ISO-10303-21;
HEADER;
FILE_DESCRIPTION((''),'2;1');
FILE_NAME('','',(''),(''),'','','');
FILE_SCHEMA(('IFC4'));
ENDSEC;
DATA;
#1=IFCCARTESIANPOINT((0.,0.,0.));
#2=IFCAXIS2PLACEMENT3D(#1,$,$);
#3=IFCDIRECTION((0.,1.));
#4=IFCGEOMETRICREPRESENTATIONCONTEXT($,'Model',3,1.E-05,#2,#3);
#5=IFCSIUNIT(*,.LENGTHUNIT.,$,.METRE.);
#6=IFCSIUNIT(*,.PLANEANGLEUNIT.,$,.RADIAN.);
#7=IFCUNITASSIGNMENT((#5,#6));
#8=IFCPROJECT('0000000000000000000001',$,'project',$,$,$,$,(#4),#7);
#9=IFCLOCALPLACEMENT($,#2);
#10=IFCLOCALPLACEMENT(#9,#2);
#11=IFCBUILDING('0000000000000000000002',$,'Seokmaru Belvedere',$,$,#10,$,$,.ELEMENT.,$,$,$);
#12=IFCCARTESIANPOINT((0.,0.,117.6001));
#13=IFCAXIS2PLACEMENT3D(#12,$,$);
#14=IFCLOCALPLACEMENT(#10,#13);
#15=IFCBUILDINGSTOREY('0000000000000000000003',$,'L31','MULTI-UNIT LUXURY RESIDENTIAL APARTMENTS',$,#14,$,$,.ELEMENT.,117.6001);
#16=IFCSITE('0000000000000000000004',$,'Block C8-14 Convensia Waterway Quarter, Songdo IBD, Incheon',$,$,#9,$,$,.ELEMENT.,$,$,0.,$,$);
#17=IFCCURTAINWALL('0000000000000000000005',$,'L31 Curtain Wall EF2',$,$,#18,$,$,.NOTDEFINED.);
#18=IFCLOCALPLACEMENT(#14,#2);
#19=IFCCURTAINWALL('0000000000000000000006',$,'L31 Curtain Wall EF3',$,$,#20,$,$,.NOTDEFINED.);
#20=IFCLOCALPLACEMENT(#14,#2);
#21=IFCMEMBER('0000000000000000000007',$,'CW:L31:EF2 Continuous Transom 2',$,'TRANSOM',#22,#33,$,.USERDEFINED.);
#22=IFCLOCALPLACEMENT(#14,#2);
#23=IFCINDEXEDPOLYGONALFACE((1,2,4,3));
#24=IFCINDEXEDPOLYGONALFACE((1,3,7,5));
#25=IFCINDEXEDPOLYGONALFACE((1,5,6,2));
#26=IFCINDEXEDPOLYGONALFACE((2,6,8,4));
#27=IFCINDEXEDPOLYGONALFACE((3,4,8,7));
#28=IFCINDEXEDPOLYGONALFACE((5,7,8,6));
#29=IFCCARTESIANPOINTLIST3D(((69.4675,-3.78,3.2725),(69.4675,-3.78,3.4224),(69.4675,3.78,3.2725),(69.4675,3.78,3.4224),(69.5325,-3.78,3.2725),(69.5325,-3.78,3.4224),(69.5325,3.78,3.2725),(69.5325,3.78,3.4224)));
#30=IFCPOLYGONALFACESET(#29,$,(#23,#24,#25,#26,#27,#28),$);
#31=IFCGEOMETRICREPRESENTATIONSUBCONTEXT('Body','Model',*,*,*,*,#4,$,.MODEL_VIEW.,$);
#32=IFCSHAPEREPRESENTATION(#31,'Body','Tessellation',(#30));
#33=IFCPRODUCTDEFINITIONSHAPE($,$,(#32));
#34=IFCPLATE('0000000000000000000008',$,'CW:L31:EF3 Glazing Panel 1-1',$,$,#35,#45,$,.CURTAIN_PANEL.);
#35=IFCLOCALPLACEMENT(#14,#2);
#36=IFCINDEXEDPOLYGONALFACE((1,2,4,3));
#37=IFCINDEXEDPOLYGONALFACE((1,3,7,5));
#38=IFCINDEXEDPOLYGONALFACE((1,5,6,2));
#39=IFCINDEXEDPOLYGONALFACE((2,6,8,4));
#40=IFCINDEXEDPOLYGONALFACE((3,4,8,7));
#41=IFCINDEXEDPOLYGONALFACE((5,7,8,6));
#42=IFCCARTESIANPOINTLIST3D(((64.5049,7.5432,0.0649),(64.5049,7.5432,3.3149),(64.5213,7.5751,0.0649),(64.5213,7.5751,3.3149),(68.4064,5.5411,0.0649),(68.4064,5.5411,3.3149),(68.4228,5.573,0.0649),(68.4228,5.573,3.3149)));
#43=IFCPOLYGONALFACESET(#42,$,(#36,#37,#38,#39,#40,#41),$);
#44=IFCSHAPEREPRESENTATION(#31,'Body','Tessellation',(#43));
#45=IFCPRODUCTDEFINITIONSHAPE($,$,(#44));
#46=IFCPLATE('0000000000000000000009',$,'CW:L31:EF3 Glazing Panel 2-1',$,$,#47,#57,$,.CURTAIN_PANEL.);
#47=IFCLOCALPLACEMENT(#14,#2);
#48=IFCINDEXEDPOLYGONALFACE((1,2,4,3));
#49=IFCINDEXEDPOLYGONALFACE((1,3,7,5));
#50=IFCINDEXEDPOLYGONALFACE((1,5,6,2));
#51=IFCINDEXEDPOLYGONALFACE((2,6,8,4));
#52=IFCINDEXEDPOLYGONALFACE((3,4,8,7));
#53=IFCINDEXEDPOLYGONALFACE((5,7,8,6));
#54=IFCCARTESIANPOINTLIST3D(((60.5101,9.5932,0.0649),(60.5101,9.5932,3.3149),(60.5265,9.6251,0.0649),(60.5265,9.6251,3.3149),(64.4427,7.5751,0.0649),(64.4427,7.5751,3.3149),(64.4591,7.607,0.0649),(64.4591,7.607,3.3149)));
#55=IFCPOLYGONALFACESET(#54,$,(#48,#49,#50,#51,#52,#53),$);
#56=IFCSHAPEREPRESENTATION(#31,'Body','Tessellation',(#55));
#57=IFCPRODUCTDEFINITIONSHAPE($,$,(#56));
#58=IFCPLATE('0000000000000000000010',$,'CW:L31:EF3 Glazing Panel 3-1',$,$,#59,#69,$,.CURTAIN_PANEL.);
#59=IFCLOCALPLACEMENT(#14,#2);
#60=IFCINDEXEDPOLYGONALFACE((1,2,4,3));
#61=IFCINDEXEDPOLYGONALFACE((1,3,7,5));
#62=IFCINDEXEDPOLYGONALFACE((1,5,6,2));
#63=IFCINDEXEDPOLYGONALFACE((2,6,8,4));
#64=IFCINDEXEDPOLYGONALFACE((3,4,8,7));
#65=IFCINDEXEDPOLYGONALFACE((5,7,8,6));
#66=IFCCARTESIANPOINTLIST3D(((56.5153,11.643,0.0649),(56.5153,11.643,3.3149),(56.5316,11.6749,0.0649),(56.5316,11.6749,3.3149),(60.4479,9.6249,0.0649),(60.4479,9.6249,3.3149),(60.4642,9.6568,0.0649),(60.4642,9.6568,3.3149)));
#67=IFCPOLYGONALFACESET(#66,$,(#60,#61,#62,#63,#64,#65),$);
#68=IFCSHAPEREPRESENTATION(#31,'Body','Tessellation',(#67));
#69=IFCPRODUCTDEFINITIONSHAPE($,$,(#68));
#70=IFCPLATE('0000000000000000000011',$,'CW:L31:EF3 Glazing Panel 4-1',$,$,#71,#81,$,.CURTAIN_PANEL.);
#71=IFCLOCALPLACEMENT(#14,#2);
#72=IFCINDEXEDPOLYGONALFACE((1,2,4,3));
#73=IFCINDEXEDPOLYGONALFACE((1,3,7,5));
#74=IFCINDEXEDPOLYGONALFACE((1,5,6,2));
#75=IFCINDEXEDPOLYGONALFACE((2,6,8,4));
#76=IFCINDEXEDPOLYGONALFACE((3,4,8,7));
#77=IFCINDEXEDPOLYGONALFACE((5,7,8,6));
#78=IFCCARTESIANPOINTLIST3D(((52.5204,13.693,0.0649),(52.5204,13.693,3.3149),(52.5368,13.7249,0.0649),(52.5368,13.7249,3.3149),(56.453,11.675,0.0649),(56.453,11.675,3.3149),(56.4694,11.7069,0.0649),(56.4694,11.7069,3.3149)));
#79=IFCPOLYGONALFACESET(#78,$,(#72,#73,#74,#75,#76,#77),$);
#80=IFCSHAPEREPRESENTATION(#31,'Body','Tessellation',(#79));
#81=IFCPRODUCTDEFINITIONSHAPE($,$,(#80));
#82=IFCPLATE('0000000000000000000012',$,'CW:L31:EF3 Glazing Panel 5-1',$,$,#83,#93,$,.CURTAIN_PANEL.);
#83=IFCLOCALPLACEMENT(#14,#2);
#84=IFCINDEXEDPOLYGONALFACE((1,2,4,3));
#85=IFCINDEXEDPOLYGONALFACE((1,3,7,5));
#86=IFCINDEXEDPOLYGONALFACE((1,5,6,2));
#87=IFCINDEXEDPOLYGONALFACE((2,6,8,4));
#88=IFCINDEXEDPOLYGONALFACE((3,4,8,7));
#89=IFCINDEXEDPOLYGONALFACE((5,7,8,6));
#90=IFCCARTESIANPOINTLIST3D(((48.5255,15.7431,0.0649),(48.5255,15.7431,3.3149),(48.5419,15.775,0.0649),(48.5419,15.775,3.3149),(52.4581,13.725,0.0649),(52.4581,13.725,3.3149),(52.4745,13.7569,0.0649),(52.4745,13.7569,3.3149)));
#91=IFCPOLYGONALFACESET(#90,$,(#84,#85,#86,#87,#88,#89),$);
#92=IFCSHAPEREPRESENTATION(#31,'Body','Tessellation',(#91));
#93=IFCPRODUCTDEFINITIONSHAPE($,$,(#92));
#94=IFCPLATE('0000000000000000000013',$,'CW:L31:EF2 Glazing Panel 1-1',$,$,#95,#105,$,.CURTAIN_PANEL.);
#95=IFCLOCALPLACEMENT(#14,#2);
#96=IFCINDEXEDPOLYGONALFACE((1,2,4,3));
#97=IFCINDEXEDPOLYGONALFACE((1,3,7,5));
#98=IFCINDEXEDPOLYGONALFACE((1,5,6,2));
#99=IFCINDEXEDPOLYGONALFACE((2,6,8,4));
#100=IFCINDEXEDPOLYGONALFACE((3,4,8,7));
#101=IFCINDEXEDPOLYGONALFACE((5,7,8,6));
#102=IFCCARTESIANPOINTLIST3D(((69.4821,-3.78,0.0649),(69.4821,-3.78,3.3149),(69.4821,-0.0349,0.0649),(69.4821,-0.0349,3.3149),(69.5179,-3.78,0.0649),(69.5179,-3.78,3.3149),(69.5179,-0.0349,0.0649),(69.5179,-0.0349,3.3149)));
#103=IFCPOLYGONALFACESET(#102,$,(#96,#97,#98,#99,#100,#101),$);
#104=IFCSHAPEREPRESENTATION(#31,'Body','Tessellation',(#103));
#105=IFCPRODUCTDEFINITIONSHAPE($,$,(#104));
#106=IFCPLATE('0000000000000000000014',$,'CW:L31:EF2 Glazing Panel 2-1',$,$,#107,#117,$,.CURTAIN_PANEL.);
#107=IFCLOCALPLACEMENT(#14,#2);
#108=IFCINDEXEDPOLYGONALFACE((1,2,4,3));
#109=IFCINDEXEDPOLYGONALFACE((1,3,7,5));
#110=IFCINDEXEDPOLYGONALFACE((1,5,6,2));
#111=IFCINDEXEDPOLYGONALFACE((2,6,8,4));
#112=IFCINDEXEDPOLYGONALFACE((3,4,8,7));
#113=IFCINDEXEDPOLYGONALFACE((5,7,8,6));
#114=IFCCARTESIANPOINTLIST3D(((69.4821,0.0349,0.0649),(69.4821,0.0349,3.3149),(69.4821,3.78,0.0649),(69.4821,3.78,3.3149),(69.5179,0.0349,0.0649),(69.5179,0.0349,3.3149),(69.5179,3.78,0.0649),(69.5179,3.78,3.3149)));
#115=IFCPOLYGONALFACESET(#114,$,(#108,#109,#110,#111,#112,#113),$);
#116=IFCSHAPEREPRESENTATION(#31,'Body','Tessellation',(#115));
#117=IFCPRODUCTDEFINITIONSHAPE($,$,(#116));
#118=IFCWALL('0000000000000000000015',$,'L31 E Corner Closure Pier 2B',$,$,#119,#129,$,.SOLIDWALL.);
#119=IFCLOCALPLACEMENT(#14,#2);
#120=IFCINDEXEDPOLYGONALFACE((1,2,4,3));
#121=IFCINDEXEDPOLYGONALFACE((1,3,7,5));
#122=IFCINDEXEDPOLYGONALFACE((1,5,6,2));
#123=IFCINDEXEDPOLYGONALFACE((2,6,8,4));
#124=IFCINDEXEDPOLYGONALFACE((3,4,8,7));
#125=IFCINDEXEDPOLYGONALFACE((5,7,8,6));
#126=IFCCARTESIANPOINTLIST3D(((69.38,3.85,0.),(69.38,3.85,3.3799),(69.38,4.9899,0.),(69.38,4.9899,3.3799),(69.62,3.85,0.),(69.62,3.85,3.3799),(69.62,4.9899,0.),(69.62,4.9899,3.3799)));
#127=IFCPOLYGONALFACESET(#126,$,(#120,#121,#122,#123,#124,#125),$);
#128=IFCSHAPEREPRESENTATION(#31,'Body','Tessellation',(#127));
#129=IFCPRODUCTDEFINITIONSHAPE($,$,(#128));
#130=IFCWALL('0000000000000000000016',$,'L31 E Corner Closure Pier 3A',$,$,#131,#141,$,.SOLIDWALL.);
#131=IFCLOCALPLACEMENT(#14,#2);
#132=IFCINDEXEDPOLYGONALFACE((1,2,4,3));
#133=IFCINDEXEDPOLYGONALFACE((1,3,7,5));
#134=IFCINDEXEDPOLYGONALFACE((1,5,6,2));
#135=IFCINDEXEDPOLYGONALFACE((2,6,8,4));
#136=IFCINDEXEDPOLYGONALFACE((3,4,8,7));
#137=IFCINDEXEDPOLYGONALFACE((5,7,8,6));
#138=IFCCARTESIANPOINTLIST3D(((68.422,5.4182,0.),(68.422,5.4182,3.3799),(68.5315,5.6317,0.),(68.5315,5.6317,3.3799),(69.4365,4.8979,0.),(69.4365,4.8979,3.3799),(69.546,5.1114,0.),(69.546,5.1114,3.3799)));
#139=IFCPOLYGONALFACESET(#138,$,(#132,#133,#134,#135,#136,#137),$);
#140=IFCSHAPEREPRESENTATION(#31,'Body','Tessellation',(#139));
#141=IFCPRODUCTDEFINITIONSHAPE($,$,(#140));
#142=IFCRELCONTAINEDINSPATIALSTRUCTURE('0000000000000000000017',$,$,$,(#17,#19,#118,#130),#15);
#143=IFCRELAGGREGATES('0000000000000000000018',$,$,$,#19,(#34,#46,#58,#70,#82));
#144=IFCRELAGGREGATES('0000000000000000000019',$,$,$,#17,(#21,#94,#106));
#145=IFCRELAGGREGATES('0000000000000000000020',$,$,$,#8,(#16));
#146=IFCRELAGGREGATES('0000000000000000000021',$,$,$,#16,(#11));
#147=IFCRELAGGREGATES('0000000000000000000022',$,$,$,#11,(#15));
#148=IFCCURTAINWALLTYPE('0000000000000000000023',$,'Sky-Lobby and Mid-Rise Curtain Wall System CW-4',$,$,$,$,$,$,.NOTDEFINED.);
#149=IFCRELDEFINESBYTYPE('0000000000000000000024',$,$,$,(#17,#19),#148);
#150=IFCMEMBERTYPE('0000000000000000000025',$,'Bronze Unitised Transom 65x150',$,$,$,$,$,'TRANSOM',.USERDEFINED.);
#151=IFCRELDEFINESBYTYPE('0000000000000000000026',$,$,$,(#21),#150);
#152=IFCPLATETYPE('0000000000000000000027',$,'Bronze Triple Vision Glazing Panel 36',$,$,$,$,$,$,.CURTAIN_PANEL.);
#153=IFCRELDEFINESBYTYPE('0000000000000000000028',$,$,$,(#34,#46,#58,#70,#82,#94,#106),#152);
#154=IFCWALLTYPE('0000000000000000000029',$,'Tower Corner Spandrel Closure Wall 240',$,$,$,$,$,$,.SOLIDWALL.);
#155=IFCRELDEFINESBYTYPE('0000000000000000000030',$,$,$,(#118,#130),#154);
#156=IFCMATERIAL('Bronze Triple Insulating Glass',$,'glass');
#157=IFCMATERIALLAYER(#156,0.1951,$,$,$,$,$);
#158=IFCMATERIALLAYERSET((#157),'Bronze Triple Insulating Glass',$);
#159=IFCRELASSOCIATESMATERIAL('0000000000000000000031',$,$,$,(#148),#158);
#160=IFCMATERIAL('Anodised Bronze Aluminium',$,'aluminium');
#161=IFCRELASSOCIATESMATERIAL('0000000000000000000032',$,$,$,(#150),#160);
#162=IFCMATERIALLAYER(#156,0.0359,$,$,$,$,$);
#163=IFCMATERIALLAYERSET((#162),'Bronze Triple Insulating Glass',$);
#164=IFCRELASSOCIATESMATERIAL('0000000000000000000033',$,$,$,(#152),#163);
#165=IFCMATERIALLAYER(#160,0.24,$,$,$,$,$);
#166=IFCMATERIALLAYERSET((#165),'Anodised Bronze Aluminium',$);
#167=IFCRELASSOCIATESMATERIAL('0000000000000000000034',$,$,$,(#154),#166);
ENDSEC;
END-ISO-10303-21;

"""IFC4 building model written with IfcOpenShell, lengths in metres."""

from ifc_helpers import new_model, si_unit, direction, frame, frame_2d, origin, origin_2d, place, context, subcontext, project, spatial, rectangle, extrude, source, transform, mapped, material, layer, layer_set, material_profile, profile_set, type_object, type_shapes, element, aggregate, save


model = new_model("IFC4")

# Units and contexts
model_context = context("Model", 3, precision=1e-05, world=origin(), true_north=direction((0.0, 1.0)))
body_context = subcontext(model_context, "Body", "Model", "MODEL_VIEW")
ifc_project = project(units=[si_unit("LENGTHUNIT", "METRE"), si_unit("PLANEANGLEUNIT", "RADIAN")], contexts=[model_context])

# Site, building, storey
site_placement = place(None, origin())
site = spatial("IfcSite", under=ifc_project, at=site_placement, Name="Block C8-14 Convensia Waterway Quarter, Songdo IBD, Incheon", CompositionType="ELEMENT", RefElevation=0.0)
building_placement = place(site_placement, origin())
building = spatial("IfcBuilding", under=site, at=building_placement, Name="Seokmaru Belvedere", CompositionType="ELEMENT")
storey_placement = place(building_placement, frame((0.0, 0.0, 117.6001)))
storey = spatial("IfcBuildingStorey", under=building, at=storey_placement, Name="L31", Description="MULTI-UNIT LUXURY RESIDENTIAL APARTMENTS", CompositionType="ELEMENT", Elevation=117.6001)

# Curtain walls
ifc_material_1 = material(Name="Bronze Triple Insulating Glass", Category="glass")
ifc_layer_1 = layer(ifc_material_1, 0.1951)
ifc_layer_set_1 = layer_set([ifc_layer_1], Name="Bronze Triple Insulating Glass")
curtain_wall_type = type_object("IfcCurtainWallType", Name="Sky-Lobby and Mid-Rise Curtain Wall System CW-4", PredefinedType="NOTDEFINED", material=ifc_layer_set_1)
curtain_wall_1_placement = place(storey_placement, origin())
curtain_wall_1 = element("IfcCurtainWall", 1, at=curtain_wall_1_placement, inside=storey, type_object=curtain_wall_type, Name="L31 Curtain Wall EF2", PredefinedType="NOTDEFINED")
ifc_material_2 = material(Name="Anodised Bronze Aluminium", Category="aluminium")
curtain_wall_2_placement = place(storey_placement, origin())
curtain_wall_2 = element("IfcCurtainWall", 2, at=curtain_wall_2_placement, inside=storey, type_object=curtain_wall_type, Name="L31 Curtain Wall EF3", PredefinedType="NOTDEFINED")

# Member
ifc_material_profile_1 = material_profile(ifc_material_2, rectangle(XDim=0.0649, YDim=0.1499, at=origin_2d()), Name="CW-T-65x150")
ifc_profile_set_1 = profile_set([ifc_material_profile_1], Name="Anodised Bronze Aluminium")
member_type_1 = type_object("IfcMemberType", Name="Bronze Unitised Transom 65x150", ElementType="TRANSOM", PredefinedType="USERDEFINED", material=ifc_profile_set_1)
shared_shape_1 = source(origin(), body_context, "Body", "SweptSolid", [
    extrude(rectangle(XDim=0.0649, YDim=0.1499, at=origin_2d()), origin(), (0.0, 0.0, 1.0), 7.5601),
])
member_1_placement = place(storey_placement, frame((69.5, -3.78, 3.3474), z_axis=(0.0, 1.0, 0.0), x_axis=(-1.0, 0.0, 0.0)))
member_1 = element("IfcMember", 3, at=member_1_placement, type_object=member_type_1, Name="CW:L31:EF2 Continuous Transom 2", ObjectType="TRANSOM", PredefinedType="USERDEFINED", context=body_context, shape_type="MappedRepresentation", body=[
    mapped(shared_shape_1, transform((0.0, 0.0, 0.0), scale=1.0)),
])

# Plates
ifc_layer_2 = layer(ifc_material_1, 0.0359)
ifc_layer_set_2 = layer_set([ifc_layer_2], Name="Bronze Triple Insulating Glass")
plate_type = type_object("IfcPlateType", Name="Bronze Triple Vision Glazing Panel 36", PredefinedType="CURTAIN_PANEL", material=ifc_layer_set_2)
shared_shape_2 = source(origin(), body_context, "Body", "SweptSolid", [
    extrude(rectangle(XDim=4.3853, YDim=0.0359, at=origin_2d()), origin(), (0.0, 0.0, 1.0), 3.25),
])
plate_1_placement = place(storey_placement, frame((66.4639, 6.5581, 0.0649), z_axis=(0.0, 0.0, 1.0), x_axis=(-0.889695, 0.456555, 0.0)))
plate_1 = element("IfcPlate", 4, at=plate_1_placement, type_object=plate_type, Name="CW:L31:EF3 Glazing Panel 1-1", PredefinedType="CURTAIN_PANEL", context=body_context, shape_type="MappedRepresentation", body=[
    mapped(shared_shape_2, transform((0.0, 0.0, 0.0), scale=1.0)),
])
shared_shape_3 = source(origin(), body_context, "Body", "SweptSolid", [
    extrude(rectangle(XDim=4.4202, YDim=0.0359, at=origin_2d()), origin(), (0.0, 0.0, 1.0), 3.25),
])
plate_2_placement = place(storey_placement, frame((62.4846, 8.6001, 0.0649), z_axis=(0.0, 0.0, 1.0), x_axis=(-0.889695, 0.456555, 0.0)))
plate_2 = element("IfcPlate", 5, at=plate_2_placement, type_object=plate_type, Name="CW:L31:EF3 Glazing Panel 2-1", PredefinedType="CURTAIN_PANEL", context=body_context, shape_type="MappedRepresentation", body=[
    mapped(shared_shape_3, transform((0.0, 0.0, 0.0), scale=1.0)),
])
plate_3_placement = place(storey_placement, frame((58.4897, 10.6499, 0.0649), z_axis=(0.0, 0.0, 1.0), x_axis=(-0.889695, 0.456555, 0.0)))
plate_3 = element("IfcPlate", 6, at=plate_3_placement, type_object=plate_type, Name="CW:L31:EF3 Glazing Panel 3-1", PredefinedType="CURTAIN_PANEL", context=body_context, shape_type="MappedRepresentation", body=[
    mapped(shared_shape_3, transform((0.0, 0.0, 0.0), scale=1.0)),
])
plate_4_placement = place(storey_placement, frame((54.4949, 12.7, 0.0649), z_axis=(0.0, 0.0, 1.0), x_axis=(-0.889695, 0.456555, 0.0)))
plate_4 = element("IfcPlate", 7, at=plate_4_placement, type_object=plate_type, Name="CW:L31:EF3 Glazing Panel 4-1", PredefinedType="CURTAIN_PANEL", context=body_context, shape_type="MappedRepresentation", body=[
    mapped(shared_shape_3, transform((0.0, 0.0, 0.0), scale=1.0)),
])
plate_5_placement = place(storey_placement, frame((50.5, 14.75, 0.0649), z_axis=(0.0, 0.0, 1.0), x_axis=(-0.889695, 0.456555, 0.0)))
plate_5 = element("IfcPlate", 8, at=plate_5_placement, type_object=plate_type, Name="CW:L31:EF3 Glazing Panel 5-1", PredefinedType="CURTAIN_PANEL", context=body_context, shape_type="MappedRepresentation", body=[
    mapped(shared_shape_3, transform((0.0, 0.0, 0.0), scale=1.0)),
])
aggregate(curtain_wall_2, [plate_1, plate_2, plate_3, plate_4, plate_5])
shared_shape_4 = source(origin(), body_context, "Body", "SweptSolid", [
    extrude(rectangle(XDim=3.7451, YDim=0.0359, at=origin_2d()), origin(), (0.0, 0.0, 1.0), 3.25),
])
type_shapes(plate_type, [shared_shape_2, shared_shape_3, shared_shape_4])
plate_6_placement = place(storey_placement, frame((69.5, -1.9075, 0.0649), z_axis=(0.0, 0.0, 1.0), x_axis=(0.0, 1.0, 0.0)))
plate_6 = element("IfcPlate", 9, at=plate_6_placement, type_object=plate_type, Name="CW:L31:EF2 Glazing Panel 1-1", PredefinedType="CURTAIN_PANEL", context=body_context, shape_type="MappedRepresentation", body=[
    mapped(shared_shape_4, transform((0.0, 0.0, 0.0), scale=1.0)),
])
plate_7_placement = place(storey_placement, frame((69.5, 1.9075, 0.0649), z_axis=(0.0, 0.0, 1.0), x_axis=(0.0, 1.0, 0.0)))
plate_7 = element("IfcPlate", 10, at=plate_7_placement, type_object=plate_type, Name="CW:L31:EF2 Glazing Panel 2-1", PredefinedType="CURTAIN_PANEL", context=body_context, shape_type="MappedRepresentation", body=[
    mapped(shared_shape_4, transform((0.0, 0.0, 0.0), scale=1.0)),
])
aggregate(curtain_wall_1, [member_1, plate_6, plate_7])

# Walls
ifc_layer_3 = layer(ifc_material_2, 0.24)
ifc_layer_set_3 = layer_set([ifc_layer_3], Name="Anodised Bronze Aluminium")
wall_type = type_object("IfcWallType", Name="Tower Corner Spandrel Closure Wall 240", PredefinedType="SOLIDWALL", material=ifc_layer_set_3)
wall_1_placement = place(storey_placement, frame((69.5, 3.8501, 0.0), z_axis=(0.0, 0.0, 1.0), x_axis=(0.0, 1.0, 0.0)))
element("IfcWall", 11, at=wall_1_placement, inside=storey, type_object=wall_type, Name="L31 E Corner Closure Pier 2B", PredefinedType="SOLIDWALL", context=body_context, shape_type="SweptSolid", body=[
    extrude(rectangle(XDim=1.1399, YDim=0.24, at=frame_2d((0.5698, 0.0))), origin(), (0.0, 0.0, 1.0), 3.3799),
])
wall_2_placement = place(storey_placement, frame((69.4912, 5.0046, 0.0), z_axis=(0.0, 0.0, 1.0), x_axis=(-0.889797, 0.456356, 0.0)))
element("IfcWall", 12, at=wall_2_placement, inside=storey, type_object=wall_type, Name="L31 E Corner Closure Pier 3A", PredefinedType="SOLIDWALL", context=body_context, shape_type="SweptSolid", body=[
    extrude(rectangle(XDim=1.1401, YDim=0.24, at=frame_2d((0.5701, 0.0))), origin(), (0.0, 0.0, 1.0), 3.3799),
])

save(model, "model.ifc")
